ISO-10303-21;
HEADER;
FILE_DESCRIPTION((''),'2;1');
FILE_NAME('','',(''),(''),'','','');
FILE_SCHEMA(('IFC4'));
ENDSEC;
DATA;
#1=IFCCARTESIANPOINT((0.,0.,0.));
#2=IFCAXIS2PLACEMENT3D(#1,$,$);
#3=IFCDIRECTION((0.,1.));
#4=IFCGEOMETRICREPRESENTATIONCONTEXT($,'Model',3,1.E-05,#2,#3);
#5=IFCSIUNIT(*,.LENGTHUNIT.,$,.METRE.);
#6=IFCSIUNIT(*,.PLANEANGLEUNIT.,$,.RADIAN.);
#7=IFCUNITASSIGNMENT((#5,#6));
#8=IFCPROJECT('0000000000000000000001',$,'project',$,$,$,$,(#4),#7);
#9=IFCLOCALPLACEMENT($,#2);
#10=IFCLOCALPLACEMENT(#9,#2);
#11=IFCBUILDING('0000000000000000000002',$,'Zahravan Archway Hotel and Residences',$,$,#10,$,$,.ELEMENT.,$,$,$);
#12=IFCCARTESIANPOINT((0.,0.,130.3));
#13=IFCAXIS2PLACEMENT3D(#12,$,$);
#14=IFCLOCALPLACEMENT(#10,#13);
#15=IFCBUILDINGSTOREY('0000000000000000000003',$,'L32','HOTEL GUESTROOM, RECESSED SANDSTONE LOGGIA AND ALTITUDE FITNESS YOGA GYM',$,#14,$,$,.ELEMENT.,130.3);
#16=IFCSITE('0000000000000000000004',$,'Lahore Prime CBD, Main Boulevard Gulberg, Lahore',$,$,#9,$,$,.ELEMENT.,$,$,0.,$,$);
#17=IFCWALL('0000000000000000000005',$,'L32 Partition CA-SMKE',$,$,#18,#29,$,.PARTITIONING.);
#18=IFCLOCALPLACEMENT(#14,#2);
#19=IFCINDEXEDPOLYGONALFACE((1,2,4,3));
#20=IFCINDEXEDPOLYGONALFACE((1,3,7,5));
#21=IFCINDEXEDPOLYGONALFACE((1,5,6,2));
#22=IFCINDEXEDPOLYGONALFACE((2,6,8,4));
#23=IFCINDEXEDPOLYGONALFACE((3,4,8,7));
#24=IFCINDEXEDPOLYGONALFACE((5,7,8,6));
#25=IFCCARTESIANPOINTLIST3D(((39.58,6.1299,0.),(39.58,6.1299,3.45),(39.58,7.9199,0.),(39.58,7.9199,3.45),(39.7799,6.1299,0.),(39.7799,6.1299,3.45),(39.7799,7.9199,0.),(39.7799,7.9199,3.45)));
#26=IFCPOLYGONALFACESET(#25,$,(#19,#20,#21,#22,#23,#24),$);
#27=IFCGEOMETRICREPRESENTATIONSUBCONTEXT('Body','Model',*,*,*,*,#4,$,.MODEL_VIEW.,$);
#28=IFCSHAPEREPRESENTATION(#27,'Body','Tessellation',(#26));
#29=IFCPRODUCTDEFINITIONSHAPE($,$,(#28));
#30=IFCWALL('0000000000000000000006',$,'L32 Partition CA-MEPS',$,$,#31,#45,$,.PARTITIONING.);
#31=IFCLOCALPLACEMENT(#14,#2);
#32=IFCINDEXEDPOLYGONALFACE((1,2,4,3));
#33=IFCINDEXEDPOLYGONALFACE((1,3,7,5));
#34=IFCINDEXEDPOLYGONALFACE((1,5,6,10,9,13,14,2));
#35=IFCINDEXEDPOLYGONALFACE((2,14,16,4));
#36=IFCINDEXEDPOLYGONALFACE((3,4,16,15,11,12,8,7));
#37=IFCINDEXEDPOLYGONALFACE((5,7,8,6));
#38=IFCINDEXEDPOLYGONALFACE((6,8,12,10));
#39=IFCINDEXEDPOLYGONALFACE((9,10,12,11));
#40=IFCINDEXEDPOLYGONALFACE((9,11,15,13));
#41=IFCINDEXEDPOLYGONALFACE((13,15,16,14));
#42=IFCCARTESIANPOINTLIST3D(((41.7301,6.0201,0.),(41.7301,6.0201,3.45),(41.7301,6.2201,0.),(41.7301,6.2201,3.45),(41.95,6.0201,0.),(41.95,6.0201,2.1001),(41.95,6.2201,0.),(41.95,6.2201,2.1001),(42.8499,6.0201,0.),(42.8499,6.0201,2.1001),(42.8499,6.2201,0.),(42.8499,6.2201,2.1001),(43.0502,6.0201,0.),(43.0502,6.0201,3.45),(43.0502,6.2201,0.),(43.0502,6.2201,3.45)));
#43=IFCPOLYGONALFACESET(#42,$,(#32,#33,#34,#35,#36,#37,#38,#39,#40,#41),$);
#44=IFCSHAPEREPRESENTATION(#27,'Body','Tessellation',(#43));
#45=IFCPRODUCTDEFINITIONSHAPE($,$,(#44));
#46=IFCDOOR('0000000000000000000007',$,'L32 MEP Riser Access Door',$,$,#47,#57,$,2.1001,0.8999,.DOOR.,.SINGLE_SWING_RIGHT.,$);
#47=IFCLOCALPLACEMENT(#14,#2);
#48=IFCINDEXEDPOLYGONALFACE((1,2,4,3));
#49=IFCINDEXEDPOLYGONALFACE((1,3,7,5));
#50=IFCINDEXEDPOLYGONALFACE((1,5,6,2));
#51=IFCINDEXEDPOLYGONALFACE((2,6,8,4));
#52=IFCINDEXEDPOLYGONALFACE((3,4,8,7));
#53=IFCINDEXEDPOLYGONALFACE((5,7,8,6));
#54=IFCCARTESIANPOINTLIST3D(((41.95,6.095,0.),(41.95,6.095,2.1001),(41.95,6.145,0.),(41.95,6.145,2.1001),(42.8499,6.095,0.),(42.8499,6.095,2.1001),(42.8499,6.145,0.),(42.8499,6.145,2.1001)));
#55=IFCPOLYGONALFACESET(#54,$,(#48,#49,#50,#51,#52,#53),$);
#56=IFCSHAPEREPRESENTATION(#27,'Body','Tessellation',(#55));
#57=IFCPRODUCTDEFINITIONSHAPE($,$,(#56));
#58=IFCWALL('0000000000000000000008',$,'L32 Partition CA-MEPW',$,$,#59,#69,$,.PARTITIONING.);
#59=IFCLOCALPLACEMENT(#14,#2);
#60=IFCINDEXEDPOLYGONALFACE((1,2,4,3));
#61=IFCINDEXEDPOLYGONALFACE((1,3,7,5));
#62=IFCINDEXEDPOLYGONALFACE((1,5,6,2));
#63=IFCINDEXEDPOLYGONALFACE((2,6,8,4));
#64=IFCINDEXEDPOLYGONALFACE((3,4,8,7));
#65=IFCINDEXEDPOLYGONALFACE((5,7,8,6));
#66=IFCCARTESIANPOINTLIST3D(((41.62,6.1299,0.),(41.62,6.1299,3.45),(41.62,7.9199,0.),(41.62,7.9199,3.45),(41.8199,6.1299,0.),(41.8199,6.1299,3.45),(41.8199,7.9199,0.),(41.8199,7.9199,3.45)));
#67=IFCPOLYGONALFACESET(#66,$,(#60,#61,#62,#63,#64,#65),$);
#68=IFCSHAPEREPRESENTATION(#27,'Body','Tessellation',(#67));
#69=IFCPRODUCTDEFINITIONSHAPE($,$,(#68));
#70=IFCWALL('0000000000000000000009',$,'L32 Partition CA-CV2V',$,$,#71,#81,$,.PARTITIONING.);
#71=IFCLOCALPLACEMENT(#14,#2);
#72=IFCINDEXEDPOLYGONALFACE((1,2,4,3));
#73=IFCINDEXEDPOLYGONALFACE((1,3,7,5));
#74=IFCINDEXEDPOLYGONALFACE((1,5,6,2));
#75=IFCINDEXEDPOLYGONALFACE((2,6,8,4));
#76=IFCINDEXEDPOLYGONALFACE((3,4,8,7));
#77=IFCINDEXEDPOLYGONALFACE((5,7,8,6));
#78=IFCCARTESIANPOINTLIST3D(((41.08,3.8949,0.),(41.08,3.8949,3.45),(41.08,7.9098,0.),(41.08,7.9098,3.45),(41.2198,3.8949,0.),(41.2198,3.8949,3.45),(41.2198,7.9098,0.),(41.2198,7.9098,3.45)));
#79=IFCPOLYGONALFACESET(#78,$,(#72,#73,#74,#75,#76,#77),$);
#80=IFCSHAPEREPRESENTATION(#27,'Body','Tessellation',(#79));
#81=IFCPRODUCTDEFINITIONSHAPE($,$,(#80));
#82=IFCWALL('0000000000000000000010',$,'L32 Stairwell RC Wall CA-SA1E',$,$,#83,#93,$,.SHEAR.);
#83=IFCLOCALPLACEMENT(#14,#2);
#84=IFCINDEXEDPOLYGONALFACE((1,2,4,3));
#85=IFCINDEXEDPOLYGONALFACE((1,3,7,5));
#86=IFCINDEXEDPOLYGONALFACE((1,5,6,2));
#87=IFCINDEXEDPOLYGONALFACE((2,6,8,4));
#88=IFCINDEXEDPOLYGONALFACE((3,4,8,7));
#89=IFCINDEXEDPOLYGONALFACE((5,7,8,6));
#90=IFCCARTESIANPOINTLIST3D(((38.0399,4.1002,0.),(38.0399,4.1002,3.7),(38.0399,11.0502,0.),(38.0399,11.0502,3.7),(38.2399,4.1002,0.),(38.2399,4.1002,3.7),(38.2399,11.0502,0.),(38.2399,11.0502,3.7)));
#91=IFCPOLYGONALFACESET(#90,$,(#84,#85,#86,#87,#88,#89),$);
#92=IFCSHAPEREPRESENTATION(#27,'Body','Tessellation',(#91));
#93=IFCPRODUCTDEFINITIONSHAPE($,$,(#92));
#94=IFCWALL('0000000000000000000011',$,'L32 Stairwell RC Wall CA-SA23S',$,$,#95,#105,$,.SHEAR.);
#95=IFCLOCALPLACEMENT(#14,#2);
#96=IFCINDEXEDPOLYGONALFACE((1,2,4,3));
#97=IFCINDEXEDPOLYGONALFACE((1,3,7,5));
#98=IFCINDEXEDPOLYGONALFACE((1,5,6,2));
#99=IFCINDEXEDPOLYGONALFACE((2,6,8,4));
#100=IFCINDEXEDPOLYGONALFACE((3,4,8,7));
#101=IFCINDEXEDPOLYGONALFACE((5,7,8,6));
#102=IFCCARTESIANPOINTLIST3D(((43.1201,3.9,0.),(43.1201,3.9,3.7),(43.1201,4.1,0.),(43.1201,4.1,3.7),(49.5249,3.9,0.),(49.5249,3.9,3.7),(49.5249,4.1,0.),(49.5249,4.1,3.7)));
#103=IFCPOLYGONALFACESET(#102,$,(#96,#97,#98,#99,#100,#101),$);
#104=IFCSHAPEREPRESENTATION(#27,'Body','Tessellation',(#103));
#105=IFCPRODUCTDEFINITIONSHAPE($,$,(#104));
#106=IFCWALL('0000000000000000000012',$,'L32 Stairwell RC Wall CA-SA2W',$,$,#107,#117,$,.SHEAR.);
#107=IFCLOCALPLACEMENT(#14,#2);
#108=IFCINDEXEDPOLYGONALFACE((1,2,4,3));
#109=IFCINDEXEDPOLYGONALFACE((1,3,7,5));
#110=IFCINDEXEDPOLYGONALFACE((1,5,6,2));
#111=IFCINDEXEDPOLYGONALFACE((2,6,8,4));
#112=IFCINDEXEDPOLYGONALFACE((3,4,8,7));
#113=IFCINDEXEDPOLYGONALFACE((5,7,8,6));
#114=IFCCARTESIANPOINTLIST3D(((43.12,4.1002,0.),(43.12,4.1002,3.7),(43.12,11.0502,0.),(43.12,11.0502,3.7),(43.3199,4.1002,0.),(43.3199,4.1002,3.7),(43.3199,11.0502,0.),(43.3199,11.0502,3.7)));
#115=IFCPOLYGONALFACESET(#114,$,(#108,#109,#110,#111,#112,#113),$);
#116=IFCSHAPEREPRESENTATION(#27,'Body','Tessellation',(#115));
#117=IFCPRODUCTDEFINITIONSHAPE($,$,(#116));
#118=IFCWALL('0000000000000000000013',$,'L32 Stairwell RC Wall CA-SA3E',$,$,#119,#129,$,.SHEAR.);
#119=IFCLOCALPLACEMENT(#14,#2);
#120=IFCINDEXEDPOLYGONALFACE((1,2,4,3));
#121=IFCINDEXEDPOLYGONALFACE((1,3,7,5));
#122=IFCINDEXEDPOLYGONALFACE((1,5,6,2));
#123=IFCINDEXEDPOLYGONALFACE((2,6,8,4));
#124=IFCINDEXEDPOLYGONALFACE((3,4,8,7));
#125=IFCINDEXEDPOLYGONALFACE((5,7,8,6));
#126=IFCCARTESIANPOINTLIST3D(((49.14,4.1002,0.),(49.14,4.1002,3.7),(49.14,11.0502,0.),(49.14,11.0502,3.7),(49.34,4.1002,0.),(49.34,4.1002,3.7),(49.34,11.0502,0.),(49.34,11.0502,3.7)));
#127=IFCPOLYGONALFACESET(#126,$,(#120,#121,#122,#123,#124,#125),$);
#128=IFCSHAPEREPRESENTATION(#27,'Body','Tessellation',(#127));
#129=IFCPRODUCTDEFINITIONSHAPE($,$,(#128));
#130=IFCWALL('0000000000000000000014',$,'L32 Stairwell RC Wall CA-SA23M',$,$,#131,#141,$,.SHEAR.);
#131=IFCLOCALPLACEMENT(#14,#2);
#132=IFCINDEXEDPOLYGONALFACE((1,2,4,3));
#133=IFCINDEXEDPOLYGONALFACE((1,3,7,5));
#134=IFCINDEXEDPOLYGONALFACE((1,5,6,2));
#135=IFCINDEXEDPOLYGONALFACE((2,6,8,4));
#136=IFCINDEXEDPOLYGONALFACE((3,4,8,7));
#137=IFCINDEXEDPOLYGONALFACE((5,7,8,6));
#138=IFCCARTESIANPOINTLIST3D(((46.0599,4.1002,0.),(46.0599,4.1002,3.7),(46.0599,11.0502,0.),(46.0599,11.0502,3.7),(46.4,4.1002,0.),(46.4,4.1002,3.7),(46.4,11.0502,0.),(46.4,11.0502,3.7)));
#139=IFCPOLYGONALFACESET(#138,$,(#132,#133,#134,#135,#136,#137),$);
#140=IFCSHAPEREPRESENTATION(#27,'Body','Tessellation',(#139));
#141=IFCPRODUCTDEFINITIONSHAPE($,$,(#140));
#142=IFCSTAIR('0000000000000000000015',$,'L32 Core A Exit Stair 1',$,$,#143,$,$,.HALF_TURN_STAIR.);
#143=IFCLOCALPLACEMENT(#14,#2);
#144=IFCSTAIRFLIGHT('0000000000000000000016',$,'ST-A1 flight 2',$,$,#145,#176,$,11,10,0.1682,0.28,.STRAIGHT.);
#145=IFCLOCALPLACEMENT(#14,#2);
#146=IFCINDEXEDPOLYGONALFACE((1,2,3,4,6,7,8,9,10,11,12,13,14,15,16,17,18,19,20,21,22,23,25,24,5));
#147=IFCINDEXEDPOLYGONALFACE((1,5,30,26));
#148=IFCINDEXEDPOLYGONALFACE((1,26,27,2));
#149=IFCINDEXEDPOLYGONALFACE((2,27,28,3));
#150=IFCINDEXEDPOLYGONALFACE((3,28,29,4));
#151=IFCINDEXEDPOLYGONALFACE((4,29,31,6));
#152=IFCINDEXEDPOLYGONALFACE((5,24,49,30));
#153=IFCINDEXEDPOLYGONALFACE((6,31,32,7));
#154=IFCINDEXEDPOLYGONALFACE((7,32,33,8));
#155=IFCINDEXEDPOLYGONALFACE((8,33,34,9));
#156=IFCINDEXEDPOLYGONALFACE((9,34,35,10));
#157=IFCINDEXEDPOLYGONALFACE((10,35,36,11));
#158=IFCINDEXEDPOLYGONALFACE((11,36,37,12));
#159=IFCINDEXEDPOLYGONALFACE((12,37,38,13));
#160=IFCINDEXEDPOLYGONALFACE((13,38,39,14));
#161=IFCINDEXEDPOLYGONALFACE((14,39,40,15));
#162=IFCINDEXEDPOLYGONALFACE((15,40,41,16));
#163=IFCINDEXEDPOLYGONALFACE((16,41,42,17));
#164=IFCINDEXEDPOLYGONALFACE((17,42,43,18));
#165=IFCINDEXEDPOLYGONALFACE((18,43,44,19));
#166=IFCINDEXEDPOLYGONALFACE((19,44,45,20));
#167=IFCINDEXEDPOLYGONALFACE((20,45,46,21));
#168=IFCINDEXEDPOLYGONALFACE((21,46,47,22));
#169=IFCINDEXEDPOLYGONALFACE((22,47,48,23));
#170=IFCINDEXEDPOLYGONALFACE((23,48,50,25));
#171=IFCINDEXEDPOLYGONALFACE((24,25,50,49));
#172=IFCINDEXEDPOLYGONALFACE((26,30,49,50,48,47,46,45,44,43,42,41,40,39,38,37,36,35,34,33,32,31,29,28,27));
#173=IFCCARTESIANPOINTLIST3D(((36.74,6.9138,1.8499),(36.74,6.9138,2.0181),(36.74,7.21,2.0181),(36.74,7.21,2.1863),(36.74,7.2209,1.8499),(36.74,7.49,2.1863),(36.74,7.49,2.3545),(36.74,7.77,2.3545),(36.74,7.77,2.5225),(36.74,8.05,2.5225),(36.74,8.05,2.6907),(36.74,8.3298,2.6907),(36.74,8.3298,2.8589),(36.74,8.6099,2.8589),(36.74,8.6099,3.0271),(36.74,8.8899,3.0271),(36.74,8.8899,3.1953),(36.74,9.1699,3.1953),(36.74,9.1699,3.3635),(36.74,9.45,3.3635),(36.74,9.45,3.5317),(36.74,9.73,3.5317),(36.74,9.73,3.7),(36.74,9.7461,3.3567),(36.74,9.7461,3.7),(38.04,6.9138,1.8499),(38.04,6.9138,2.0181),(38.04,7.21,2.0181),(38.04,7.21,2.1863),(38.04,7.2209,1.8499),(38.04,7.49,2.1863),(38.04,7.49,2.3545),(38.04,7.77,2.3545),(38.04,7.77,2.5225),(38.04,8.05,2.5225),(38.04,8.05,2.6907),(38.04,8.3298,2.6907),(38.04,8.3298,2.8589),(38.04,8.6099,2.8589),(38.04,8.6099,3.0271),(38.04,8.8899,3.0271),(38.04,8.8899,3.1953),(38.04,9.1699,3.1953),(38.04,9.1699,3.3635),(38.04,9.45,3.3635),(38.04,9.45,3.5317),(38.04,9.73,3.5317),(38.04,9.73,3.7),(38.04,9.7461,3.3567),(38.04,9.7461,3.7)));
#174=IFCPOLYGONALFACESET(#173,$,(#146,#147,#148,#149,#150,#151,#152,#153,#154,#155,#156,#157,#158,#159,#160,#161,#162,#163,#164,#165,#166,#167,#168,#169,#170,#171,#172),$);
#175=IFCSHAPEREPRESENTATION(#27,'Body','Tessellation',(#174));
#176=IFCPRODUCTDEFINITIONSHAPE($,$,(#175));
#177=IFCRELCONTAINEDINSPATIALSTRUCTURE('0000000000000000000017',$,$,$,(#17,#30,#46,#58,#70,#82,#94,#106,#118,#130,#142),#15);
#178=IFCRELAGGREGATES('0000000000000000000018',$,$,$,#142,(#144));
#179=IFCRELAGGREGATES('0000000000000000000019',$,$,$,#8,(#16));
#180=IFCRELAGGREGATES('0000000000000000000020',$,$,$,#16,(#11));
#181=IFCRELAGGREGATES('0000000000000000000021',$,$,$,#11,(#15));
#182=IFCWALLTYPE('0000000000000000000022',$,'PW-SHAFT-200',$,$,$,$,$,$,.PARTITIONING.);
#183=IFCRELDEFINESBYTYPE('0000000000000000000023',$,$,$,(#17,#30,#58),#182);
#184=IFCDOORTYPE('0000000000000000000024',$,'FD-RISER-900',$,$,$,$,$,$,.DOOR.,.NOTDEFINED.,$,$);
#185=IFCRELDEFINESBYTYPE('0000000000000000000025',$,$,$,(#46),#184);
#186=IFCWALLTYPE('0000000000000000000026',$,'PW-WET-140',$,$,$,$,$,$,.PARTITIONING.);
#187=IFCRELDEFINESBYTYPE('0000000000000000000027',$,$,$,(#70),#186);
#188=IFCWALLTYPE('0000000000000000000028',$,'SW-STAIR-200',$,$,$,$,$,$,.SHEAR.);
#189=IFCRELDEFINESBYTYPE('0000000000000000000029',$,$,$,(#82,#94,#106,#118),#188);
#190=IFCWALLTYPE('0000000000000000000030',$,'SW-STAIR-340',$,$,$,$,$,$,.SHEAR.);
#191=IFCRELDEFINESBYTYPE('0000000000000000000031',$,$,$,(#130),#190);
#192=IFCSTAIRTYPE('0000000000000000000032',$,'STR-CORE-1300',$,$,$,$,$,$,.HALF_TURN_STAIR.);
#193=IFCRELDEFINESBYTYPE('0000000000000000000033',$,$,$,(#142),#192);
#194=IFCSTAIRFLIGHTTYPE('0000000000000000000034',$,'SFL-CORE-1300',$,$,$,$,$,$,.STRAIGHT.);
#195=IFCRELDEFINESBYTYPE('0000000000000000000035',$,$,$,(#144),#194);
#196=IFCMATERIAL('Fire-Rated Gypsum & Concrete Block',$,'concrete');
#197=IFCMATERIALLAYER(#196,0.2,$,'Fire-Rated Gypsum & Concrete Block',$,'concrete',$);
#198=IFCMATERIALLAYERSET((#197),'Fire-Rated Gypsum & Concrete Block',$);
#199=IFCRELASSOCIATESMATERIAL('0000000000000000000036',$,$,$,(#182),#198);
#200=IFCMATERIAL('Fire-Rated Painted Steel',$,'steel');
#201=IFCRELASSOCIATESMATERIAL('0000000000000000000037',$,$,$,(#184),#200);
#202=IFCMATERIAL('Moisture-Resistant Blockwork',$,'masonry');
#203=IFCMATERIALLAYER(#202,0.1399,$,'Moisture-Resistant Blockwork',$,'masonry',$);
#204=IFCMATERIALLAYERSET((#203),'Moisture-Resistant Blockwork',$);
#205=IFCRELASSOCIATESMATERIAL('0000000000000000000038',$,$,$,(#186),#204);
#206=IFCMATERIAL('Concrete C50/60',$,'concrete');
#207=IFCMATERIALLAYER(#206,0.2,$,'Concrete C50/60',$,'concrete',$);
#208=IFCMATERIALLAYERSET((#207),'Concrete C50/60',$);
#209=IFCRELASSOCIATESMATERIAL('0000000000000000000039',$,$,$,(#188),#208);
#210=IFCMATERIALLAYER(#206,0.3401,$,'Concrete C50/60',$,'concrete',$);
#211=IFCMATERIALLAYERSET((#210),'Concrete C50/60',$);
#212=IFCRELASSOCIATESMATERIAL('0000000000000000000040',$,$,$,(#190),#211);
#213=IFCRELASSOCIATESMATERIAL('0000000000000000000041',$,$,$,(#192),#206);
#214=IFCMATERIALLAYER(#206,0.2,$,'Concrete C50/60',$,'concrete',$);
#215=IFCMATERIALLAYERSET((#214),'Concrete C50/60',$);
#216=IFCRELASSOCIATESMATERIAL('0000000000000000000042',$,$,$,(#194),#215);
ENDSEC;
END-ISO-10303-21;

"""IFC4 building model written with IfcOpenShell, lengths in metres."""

from ifc_helpers import new_model, si_unit, direction, frame, frame_2d, origin, place, context, subcontext, project, spatial, polyline, rectangle, outline, extrude, source, transform, mapped, material, layer, layer_set, type_object, type_shapes, element, fill, aggregate, save


model = new_model("IFC4")

# Units and contexts
model_context = context("Model", 3, precision=1e-05, world=origin(), true_north=direction((0.0, 1.0)))
body_context = subcontext(model_context, "Body", "Model", "MODEL_VIEW")
ifc_project = project(units=[si_unit("LENGTHUNIT", "METRE"), si_unit("PLANEANGLEUNIT", "RADIAN")], contexts=[model_context])

# Site, building, storey
site_placement = place(None, origin())
site = spatial("IfcSite", under=ifc_project, at=site_placement, Name="Lahore Prime CBD, Main Boulevard Gulberg, Lahore", CompositionType="ELEMENT", RefElevation=0.0)
building_placement = place(site_placement, origin())
building = spatial("IfcBuilding", under=site, at=building_placement, Name="Zahravan Archway Hotel and Residences", CompositionType="ELEMENT")
storey_placement = place(building_placement, frame((0.0, 0.0, 130.3)))
storey = spatial("IfcBuildingStorey", under=building, at=storey_placement, Name="L32", Description="HOTEL GUESTROOM, RECESSED SANDSTONE LOGGIA AND ALTITUDE FITNESS YOGA GYM", CompositionType="ELEMENT", Elevation=130.3)

# Shared definitions
ifc_material_1 = material(Name="Fire-Rated Gypsum & Concrete Block", Category="concrete")
ifc_layer_1 = layer(ifc_material_1, 0.2, Name="Fire-Rated Gypsum & Concrete Block", Category="concrete")
ifc_layer_set_1 = layer_set([ifc_layer_1], Name="Fire-Rated Gypsum & Concrete Block")
wall_type_1 = type_object("IfcWallType", Name="PW-SHAFT-200", PredefinedType="PARTITIONING", material=ifc_layer_set_1)
ifc_material_2 = material(Name="Fire-Rated Painted Steel", Category="steel")
door_type = type_object("IfcDoorType", Name="FD-RISER-900", OperationType="NOTDEFINED", PredefinedType="DOOR", material=ifc_material_2)
shared_shape_1 = source(origin(), body_context, "Body", "SweptSolid", [
    extrude(rectangle(XDim=0.8999, YDim=2.1001, at=frame_2d((0.45, 1.05))), frame((0.0, 0.0249, 0.0), z_axis=(0.0, -1.0, 0.0), x_axis=(1.0, 0.0, 0.0)), (0.0, 0.0, 1.0), 0.05),
])
type_shapes(door_type, [shared_shape_1])

# Wall
wall_1_placement = place(storey_placement, frame((39.6799, 6.1299, 0.0), z_axis=(0.0, 0.0, 1.0), x_axis=(0.0, 1.0, 0.0)))
element("IfcWall", 1, at=wall_1_placement, inside=storey, type_object=wall_type_1, Name="L32 Partition CA-SMKE", PredefinedType="PARTITIONING", context=body_context, shape_type="SweptSolid", body=[
    extrude(rectangle(XDim=1.79, YDim=0.2, at=frame_2d((0.895, 0.0))), origin(), (0.0, 0.0, 1.0), 3.45),
])

# Wall, opening, door
wall_2_placement = place(storey_placement, frame((41.73, 6.1201, 0.0), z_axis=(0.0, 0.0, 1.0), x_axis=(1.0, 0.0, 0.0)))
wall_2 = element("IfcWall", 2, at=wall_2_placement, inside=storey, type_object=wall_type_1, Name="L32 Partition CA-MEPS", PredefinedType="PARTITIONING", context=body_context, shape_type="SweptSolid", body=[
    extrude(rectangle(XDim=1.3201, YDim=0.2, at=frame_2d((0.6602, 0.0))), origin(), (0.0, 0.0, 1.0), 3.45),
])
opening_1_placement = place(wall_2_placement, frame((0.22, 0.0, 0.0)))
opening_1 = element("IfcOpeningElement", 3, at=opening_1_placement, cuts=wall_2, PredefinedType="OPENING", context=body_context, shape_type="SweptSolid", body=[
    extrude(rectangle(XDim=0.8999, YDim=2.1001, at=frame_2d((0.45, 1.05))), frame((0.0, 0.1099, 0.0), z_axis=(0.0, -1.0, 0.0), x_axis=(1.0, 0.0, 0.0)), (0.0, 0.0, 1.0), 0.22),
])
door_1_placement = place(opening_1_placement, origin())
door_1 = element("IfcDoor", 4, at=door_1_placement, inside=storey, type_object=door_type, Name="L32 MEP Riser Access Door", OperationType="SINGLE_SWING_RIGHT", OverallHeight=2.1001, OverallWidth=0.8999, PredefinedType="DOOR", context=body_context, shape_type="MappedRepresentation", body=[
    mapped(shared_shape_1, transform((0.0, 0.0, 0.0), scale=1.0)),
])
fill(opening_1, door_1)

# Walls
wall_3_placement = place(storey_placement, frame((41.72, 6.1299, 0.0), z_axis=(0.0, 0.0, 1.0), x_axis=(0.0, 1.0, 0.0)))
element("IfcWall", 5, at=wall_3_placement, inside=storey, type_object=wall_type_1, Name="L32 Partition CA-MEPW", PredefinedType="PARTITIONING", context=body_context, shape_type="SweptSolid", body=[
    extrude(rectangle(XDim=1.79, YDim=0.2, at=frame_2d((0.895, 0.0))), origin(), (0.0, 0.0, 1.0), 3.45),
])
ifc_material_3 = material(Name="Moisture-Resistant Blockwork", Category="masonry")
ifc_layer_2 = layer(ifc_material_3, 0.1399, Name="Moisture-Resistant Blockwork", Category="masonry")
ifc_layer_set_2 = layer_set([ifc_layer_2], Name="Moisture-Resistant Blockwork")
wall_type_2 = type_object("IfcWallType", Name="PW-WET-140", PredefinedType="PARTITIONING", material=ifc_layer_set_2)
wall_4_placement = place(storey_placement, frame((41.1499, 3.895, 0.0), z_axis=(0.0, 0.0, 1.0), x_axis=(0.0, 1.0, 0.0)))
element("IfcWall", 6, at=wall_4_placement, inside=storey, type_object=wall_type_2, Name="L32 Partition CA-CV2V", PredefinedType="PARTITIONING", context=body_context, shape_type="SweptSolid", body=[
    extrude(rectangle(XDim=4.0149, YDim=0.1399, at=frame_2d((2.0073, 0.0))), origin(), (0.0, 0.0, 1.0), 3.45),
])
ifc_material_4 = material(Name="Concrete C50/60", Category="concrete")
ifc_layer_3 = layer(ifc_material_4, 0.2, Name="Concrete C50/60", Category="concrete")
ifc_layer_set_3 = layer_set([ifc_layer_3], Name="Concrete C50/60")
wall_type_3 = type_object("IfcWallType", Name="SW-STAIR-200", PredefinedType="SHEAR", material=ifc_layer_set_3)
wall_5_placement = place(storey_placement, frame((38.1399, 4.1001, 0.0), z_axis=(0.0, 0.0, 1.0), x_axis=(0.0, 1.0, 0.0)))
element("IfcWall", 7, at=wall_5_placement, inside=storey, type_object=wall_type_3, Name="L32 Stairwell RC Wall CA-SA1E", PredefinedType="SHEAR", context=body_context, shape_type="SweptSolid", body=[
    extrude(rectangle(XDim=6.95, YDim=0.2, at=frame_2d((3.4751, 0.0))), origin(), (0.0, 0.0, 1.0), 3.7),
])
wall_6_placement = place(storey_placement, frame((43.1201, 4.0, 0.0), z_axis=(0.0, 0.0, 1.0), x_axis=(1.0, 0.0, 0.0)))
element("IfcWall", 8, at=wall_6_placement, inside=storey, type_object=wall_type_3, Name="L32 Stairwell RC Wall CA-SA23S", PredefinedType="SHEAR", context=body_context, shape_type="SweptSolid", body=[
    extrude(rectangle(XDim=6.4048, YDim=0.2, at=frame_2d((3.2024, 0.0))), origin(), (0.0, 0.0, 1.0), 3.7),
])
for number, where, z_axis, x_axis, name in (
    (9, (43.22, 4.1001, 0.0), (0.0, 0.0, 1.0), (0.0, 1.0, 0.0), "L32 Stairwell RC Wall CA-SA2W"),
    (10, (49.24, 4.1001, 0.0), (0.0, 0.0, 1.0), (0.0, 1.0, 0.0), "L32 Stairwell RC Wall CA-SA3E"),
):
    element("IfcWall", number, at=place(storey_placement, frame(where, z_axis=z_axis, x_axis=x_axis)), inside=storey, type_object=wall_type_3, Name=name, PredefinedType="SHEAR", context=body_context, shape_type="SweptSolid", body=[
        extrude(rectangle(XDim=6.95, YDim=0.2, at=frame_2d((3.4751, 0.0))), origin(), (0.0, 0.0, 1.0), 3.7),
    ])
ifc_layer_4 = layer(ifc_material_4, 0.3401, Name="Concrete C50/60", Category="concrete")
ifc_layer_set_4 = layer_set([ifc_layer_4], Name="Concrete C50/60")
wall_type_4 = type_object("IfcWallType", Name="SW-STAIR-340", PredefinedType="SHEAR", material=ifc_layer_set_4)
wall_7_placement = place(storey_placement, frame((46.23, 4.1001, 0.0), z_axis=(0.0, 0.0, 1.0), x_axis=(0.0, 1.0, 0.0)))
element("IfcWall", 11, at=wall_7_placement, inside=storey, type_object=wall_type_4, Name="L32 Stairwell RC Wall CA-SA23M", PredefinedType="SHEAR", context=body_context, shape_type="SweptSolid", body=[
    extrude(rectangle(XDim=6.95, YDim=0.3401, at=frame_2d((3.4751, 0.0))), origin(), (0.0, 0.0, 1.0), 3.7),
])

# Stair, stair flight
stair_type = type_object("IfcStairType", Name="STR-CORE-1300", PredefinedType="HALF_TURN_STAIR", material=ifc_material_4)
stair_1_placement = place(storey_placement, origin())
stair_1 = element("IfcStair", 12, at=stair_1_placement, inside=storey, type_object=stair_type, Name="L32 Core A Exit Stair 1", PredefinedType="HALF_TURN_STAIR")
ifc_layer_5 = layer(ifc_material_4, 0.2, Name="Concrete C50/60", Category="concrete")
ifc_layer_set_5 = layer_set([ifc_layer_5], Name="Concrete C50/60")
stair_flight_type = type_object("IfcStairFlightType", Name="SFL-CORE-1300", PredefinedType="STRAIGHT", material=ifc_layer_set_5)
shared_shape_2 = source(origin(), body_context, "Body", "SweptSolid", [
    extrude(outline(polyline([(-0.0161, 0.0), (-0.0161, 0.1682), (0.28, 0.1682), (0.28, 0.3364), (0.5601, 0.3364), (0.5601, 0.5046), (0.8401, 0.5046), (0.8401, 0.6726), (1.1201, 0.6726), (1.1201, 0.8408), (1.3999, 0.8408), (1.3999, 1.009), (1.6799, 1.009), (1.6799, 1.1772), (1.96, 1.1772), (1.96, 1.3455), (2.24, 1.3455), (2.24, 1.5137), (2.52, 1.5137), (2.52, 1.6819), (2.8, 1.6819), (2.8, 1.8501), (2.8162, 1.8501), (2.8162, 1.5068), (0.291, 0.0), (-0.0161, 0.0)])), frame((0.0, 0.6499, 0.0), z_axis=(0.0, -1.0, 0.0), x_axis=(1.0, 0.0, 0.0)), (0.0, 0.0, 1.0), 1.3),
])
stair_flight_1_placement = place(storey_placement, frame((37.3899, 6.9299, 1.8499), z_axis=(0.0, 0.0, 1.0), x_axis=(0.0, 1.0, 0.0)))
stair_flight_1 = element("IfcStairFlight", 13, at=stair_flight_1_placement, type_object=stair_flight_type, Name="ST-A1 flight 2", NumberOfRisers=11, NumberOfTreads=10, PredefinedType="STRAIGHT", RiserHeight=0.1682, TreadLength=0.28, context=body_context, shape_type="MappedRepresentation", body=[
    mapped(shared_shape_2, transform((0.0, 0.0, 0.0), scale=1.0)),
])
aggregate(stair_1, [stair_flight_1])

save(model, "model.ifc")
